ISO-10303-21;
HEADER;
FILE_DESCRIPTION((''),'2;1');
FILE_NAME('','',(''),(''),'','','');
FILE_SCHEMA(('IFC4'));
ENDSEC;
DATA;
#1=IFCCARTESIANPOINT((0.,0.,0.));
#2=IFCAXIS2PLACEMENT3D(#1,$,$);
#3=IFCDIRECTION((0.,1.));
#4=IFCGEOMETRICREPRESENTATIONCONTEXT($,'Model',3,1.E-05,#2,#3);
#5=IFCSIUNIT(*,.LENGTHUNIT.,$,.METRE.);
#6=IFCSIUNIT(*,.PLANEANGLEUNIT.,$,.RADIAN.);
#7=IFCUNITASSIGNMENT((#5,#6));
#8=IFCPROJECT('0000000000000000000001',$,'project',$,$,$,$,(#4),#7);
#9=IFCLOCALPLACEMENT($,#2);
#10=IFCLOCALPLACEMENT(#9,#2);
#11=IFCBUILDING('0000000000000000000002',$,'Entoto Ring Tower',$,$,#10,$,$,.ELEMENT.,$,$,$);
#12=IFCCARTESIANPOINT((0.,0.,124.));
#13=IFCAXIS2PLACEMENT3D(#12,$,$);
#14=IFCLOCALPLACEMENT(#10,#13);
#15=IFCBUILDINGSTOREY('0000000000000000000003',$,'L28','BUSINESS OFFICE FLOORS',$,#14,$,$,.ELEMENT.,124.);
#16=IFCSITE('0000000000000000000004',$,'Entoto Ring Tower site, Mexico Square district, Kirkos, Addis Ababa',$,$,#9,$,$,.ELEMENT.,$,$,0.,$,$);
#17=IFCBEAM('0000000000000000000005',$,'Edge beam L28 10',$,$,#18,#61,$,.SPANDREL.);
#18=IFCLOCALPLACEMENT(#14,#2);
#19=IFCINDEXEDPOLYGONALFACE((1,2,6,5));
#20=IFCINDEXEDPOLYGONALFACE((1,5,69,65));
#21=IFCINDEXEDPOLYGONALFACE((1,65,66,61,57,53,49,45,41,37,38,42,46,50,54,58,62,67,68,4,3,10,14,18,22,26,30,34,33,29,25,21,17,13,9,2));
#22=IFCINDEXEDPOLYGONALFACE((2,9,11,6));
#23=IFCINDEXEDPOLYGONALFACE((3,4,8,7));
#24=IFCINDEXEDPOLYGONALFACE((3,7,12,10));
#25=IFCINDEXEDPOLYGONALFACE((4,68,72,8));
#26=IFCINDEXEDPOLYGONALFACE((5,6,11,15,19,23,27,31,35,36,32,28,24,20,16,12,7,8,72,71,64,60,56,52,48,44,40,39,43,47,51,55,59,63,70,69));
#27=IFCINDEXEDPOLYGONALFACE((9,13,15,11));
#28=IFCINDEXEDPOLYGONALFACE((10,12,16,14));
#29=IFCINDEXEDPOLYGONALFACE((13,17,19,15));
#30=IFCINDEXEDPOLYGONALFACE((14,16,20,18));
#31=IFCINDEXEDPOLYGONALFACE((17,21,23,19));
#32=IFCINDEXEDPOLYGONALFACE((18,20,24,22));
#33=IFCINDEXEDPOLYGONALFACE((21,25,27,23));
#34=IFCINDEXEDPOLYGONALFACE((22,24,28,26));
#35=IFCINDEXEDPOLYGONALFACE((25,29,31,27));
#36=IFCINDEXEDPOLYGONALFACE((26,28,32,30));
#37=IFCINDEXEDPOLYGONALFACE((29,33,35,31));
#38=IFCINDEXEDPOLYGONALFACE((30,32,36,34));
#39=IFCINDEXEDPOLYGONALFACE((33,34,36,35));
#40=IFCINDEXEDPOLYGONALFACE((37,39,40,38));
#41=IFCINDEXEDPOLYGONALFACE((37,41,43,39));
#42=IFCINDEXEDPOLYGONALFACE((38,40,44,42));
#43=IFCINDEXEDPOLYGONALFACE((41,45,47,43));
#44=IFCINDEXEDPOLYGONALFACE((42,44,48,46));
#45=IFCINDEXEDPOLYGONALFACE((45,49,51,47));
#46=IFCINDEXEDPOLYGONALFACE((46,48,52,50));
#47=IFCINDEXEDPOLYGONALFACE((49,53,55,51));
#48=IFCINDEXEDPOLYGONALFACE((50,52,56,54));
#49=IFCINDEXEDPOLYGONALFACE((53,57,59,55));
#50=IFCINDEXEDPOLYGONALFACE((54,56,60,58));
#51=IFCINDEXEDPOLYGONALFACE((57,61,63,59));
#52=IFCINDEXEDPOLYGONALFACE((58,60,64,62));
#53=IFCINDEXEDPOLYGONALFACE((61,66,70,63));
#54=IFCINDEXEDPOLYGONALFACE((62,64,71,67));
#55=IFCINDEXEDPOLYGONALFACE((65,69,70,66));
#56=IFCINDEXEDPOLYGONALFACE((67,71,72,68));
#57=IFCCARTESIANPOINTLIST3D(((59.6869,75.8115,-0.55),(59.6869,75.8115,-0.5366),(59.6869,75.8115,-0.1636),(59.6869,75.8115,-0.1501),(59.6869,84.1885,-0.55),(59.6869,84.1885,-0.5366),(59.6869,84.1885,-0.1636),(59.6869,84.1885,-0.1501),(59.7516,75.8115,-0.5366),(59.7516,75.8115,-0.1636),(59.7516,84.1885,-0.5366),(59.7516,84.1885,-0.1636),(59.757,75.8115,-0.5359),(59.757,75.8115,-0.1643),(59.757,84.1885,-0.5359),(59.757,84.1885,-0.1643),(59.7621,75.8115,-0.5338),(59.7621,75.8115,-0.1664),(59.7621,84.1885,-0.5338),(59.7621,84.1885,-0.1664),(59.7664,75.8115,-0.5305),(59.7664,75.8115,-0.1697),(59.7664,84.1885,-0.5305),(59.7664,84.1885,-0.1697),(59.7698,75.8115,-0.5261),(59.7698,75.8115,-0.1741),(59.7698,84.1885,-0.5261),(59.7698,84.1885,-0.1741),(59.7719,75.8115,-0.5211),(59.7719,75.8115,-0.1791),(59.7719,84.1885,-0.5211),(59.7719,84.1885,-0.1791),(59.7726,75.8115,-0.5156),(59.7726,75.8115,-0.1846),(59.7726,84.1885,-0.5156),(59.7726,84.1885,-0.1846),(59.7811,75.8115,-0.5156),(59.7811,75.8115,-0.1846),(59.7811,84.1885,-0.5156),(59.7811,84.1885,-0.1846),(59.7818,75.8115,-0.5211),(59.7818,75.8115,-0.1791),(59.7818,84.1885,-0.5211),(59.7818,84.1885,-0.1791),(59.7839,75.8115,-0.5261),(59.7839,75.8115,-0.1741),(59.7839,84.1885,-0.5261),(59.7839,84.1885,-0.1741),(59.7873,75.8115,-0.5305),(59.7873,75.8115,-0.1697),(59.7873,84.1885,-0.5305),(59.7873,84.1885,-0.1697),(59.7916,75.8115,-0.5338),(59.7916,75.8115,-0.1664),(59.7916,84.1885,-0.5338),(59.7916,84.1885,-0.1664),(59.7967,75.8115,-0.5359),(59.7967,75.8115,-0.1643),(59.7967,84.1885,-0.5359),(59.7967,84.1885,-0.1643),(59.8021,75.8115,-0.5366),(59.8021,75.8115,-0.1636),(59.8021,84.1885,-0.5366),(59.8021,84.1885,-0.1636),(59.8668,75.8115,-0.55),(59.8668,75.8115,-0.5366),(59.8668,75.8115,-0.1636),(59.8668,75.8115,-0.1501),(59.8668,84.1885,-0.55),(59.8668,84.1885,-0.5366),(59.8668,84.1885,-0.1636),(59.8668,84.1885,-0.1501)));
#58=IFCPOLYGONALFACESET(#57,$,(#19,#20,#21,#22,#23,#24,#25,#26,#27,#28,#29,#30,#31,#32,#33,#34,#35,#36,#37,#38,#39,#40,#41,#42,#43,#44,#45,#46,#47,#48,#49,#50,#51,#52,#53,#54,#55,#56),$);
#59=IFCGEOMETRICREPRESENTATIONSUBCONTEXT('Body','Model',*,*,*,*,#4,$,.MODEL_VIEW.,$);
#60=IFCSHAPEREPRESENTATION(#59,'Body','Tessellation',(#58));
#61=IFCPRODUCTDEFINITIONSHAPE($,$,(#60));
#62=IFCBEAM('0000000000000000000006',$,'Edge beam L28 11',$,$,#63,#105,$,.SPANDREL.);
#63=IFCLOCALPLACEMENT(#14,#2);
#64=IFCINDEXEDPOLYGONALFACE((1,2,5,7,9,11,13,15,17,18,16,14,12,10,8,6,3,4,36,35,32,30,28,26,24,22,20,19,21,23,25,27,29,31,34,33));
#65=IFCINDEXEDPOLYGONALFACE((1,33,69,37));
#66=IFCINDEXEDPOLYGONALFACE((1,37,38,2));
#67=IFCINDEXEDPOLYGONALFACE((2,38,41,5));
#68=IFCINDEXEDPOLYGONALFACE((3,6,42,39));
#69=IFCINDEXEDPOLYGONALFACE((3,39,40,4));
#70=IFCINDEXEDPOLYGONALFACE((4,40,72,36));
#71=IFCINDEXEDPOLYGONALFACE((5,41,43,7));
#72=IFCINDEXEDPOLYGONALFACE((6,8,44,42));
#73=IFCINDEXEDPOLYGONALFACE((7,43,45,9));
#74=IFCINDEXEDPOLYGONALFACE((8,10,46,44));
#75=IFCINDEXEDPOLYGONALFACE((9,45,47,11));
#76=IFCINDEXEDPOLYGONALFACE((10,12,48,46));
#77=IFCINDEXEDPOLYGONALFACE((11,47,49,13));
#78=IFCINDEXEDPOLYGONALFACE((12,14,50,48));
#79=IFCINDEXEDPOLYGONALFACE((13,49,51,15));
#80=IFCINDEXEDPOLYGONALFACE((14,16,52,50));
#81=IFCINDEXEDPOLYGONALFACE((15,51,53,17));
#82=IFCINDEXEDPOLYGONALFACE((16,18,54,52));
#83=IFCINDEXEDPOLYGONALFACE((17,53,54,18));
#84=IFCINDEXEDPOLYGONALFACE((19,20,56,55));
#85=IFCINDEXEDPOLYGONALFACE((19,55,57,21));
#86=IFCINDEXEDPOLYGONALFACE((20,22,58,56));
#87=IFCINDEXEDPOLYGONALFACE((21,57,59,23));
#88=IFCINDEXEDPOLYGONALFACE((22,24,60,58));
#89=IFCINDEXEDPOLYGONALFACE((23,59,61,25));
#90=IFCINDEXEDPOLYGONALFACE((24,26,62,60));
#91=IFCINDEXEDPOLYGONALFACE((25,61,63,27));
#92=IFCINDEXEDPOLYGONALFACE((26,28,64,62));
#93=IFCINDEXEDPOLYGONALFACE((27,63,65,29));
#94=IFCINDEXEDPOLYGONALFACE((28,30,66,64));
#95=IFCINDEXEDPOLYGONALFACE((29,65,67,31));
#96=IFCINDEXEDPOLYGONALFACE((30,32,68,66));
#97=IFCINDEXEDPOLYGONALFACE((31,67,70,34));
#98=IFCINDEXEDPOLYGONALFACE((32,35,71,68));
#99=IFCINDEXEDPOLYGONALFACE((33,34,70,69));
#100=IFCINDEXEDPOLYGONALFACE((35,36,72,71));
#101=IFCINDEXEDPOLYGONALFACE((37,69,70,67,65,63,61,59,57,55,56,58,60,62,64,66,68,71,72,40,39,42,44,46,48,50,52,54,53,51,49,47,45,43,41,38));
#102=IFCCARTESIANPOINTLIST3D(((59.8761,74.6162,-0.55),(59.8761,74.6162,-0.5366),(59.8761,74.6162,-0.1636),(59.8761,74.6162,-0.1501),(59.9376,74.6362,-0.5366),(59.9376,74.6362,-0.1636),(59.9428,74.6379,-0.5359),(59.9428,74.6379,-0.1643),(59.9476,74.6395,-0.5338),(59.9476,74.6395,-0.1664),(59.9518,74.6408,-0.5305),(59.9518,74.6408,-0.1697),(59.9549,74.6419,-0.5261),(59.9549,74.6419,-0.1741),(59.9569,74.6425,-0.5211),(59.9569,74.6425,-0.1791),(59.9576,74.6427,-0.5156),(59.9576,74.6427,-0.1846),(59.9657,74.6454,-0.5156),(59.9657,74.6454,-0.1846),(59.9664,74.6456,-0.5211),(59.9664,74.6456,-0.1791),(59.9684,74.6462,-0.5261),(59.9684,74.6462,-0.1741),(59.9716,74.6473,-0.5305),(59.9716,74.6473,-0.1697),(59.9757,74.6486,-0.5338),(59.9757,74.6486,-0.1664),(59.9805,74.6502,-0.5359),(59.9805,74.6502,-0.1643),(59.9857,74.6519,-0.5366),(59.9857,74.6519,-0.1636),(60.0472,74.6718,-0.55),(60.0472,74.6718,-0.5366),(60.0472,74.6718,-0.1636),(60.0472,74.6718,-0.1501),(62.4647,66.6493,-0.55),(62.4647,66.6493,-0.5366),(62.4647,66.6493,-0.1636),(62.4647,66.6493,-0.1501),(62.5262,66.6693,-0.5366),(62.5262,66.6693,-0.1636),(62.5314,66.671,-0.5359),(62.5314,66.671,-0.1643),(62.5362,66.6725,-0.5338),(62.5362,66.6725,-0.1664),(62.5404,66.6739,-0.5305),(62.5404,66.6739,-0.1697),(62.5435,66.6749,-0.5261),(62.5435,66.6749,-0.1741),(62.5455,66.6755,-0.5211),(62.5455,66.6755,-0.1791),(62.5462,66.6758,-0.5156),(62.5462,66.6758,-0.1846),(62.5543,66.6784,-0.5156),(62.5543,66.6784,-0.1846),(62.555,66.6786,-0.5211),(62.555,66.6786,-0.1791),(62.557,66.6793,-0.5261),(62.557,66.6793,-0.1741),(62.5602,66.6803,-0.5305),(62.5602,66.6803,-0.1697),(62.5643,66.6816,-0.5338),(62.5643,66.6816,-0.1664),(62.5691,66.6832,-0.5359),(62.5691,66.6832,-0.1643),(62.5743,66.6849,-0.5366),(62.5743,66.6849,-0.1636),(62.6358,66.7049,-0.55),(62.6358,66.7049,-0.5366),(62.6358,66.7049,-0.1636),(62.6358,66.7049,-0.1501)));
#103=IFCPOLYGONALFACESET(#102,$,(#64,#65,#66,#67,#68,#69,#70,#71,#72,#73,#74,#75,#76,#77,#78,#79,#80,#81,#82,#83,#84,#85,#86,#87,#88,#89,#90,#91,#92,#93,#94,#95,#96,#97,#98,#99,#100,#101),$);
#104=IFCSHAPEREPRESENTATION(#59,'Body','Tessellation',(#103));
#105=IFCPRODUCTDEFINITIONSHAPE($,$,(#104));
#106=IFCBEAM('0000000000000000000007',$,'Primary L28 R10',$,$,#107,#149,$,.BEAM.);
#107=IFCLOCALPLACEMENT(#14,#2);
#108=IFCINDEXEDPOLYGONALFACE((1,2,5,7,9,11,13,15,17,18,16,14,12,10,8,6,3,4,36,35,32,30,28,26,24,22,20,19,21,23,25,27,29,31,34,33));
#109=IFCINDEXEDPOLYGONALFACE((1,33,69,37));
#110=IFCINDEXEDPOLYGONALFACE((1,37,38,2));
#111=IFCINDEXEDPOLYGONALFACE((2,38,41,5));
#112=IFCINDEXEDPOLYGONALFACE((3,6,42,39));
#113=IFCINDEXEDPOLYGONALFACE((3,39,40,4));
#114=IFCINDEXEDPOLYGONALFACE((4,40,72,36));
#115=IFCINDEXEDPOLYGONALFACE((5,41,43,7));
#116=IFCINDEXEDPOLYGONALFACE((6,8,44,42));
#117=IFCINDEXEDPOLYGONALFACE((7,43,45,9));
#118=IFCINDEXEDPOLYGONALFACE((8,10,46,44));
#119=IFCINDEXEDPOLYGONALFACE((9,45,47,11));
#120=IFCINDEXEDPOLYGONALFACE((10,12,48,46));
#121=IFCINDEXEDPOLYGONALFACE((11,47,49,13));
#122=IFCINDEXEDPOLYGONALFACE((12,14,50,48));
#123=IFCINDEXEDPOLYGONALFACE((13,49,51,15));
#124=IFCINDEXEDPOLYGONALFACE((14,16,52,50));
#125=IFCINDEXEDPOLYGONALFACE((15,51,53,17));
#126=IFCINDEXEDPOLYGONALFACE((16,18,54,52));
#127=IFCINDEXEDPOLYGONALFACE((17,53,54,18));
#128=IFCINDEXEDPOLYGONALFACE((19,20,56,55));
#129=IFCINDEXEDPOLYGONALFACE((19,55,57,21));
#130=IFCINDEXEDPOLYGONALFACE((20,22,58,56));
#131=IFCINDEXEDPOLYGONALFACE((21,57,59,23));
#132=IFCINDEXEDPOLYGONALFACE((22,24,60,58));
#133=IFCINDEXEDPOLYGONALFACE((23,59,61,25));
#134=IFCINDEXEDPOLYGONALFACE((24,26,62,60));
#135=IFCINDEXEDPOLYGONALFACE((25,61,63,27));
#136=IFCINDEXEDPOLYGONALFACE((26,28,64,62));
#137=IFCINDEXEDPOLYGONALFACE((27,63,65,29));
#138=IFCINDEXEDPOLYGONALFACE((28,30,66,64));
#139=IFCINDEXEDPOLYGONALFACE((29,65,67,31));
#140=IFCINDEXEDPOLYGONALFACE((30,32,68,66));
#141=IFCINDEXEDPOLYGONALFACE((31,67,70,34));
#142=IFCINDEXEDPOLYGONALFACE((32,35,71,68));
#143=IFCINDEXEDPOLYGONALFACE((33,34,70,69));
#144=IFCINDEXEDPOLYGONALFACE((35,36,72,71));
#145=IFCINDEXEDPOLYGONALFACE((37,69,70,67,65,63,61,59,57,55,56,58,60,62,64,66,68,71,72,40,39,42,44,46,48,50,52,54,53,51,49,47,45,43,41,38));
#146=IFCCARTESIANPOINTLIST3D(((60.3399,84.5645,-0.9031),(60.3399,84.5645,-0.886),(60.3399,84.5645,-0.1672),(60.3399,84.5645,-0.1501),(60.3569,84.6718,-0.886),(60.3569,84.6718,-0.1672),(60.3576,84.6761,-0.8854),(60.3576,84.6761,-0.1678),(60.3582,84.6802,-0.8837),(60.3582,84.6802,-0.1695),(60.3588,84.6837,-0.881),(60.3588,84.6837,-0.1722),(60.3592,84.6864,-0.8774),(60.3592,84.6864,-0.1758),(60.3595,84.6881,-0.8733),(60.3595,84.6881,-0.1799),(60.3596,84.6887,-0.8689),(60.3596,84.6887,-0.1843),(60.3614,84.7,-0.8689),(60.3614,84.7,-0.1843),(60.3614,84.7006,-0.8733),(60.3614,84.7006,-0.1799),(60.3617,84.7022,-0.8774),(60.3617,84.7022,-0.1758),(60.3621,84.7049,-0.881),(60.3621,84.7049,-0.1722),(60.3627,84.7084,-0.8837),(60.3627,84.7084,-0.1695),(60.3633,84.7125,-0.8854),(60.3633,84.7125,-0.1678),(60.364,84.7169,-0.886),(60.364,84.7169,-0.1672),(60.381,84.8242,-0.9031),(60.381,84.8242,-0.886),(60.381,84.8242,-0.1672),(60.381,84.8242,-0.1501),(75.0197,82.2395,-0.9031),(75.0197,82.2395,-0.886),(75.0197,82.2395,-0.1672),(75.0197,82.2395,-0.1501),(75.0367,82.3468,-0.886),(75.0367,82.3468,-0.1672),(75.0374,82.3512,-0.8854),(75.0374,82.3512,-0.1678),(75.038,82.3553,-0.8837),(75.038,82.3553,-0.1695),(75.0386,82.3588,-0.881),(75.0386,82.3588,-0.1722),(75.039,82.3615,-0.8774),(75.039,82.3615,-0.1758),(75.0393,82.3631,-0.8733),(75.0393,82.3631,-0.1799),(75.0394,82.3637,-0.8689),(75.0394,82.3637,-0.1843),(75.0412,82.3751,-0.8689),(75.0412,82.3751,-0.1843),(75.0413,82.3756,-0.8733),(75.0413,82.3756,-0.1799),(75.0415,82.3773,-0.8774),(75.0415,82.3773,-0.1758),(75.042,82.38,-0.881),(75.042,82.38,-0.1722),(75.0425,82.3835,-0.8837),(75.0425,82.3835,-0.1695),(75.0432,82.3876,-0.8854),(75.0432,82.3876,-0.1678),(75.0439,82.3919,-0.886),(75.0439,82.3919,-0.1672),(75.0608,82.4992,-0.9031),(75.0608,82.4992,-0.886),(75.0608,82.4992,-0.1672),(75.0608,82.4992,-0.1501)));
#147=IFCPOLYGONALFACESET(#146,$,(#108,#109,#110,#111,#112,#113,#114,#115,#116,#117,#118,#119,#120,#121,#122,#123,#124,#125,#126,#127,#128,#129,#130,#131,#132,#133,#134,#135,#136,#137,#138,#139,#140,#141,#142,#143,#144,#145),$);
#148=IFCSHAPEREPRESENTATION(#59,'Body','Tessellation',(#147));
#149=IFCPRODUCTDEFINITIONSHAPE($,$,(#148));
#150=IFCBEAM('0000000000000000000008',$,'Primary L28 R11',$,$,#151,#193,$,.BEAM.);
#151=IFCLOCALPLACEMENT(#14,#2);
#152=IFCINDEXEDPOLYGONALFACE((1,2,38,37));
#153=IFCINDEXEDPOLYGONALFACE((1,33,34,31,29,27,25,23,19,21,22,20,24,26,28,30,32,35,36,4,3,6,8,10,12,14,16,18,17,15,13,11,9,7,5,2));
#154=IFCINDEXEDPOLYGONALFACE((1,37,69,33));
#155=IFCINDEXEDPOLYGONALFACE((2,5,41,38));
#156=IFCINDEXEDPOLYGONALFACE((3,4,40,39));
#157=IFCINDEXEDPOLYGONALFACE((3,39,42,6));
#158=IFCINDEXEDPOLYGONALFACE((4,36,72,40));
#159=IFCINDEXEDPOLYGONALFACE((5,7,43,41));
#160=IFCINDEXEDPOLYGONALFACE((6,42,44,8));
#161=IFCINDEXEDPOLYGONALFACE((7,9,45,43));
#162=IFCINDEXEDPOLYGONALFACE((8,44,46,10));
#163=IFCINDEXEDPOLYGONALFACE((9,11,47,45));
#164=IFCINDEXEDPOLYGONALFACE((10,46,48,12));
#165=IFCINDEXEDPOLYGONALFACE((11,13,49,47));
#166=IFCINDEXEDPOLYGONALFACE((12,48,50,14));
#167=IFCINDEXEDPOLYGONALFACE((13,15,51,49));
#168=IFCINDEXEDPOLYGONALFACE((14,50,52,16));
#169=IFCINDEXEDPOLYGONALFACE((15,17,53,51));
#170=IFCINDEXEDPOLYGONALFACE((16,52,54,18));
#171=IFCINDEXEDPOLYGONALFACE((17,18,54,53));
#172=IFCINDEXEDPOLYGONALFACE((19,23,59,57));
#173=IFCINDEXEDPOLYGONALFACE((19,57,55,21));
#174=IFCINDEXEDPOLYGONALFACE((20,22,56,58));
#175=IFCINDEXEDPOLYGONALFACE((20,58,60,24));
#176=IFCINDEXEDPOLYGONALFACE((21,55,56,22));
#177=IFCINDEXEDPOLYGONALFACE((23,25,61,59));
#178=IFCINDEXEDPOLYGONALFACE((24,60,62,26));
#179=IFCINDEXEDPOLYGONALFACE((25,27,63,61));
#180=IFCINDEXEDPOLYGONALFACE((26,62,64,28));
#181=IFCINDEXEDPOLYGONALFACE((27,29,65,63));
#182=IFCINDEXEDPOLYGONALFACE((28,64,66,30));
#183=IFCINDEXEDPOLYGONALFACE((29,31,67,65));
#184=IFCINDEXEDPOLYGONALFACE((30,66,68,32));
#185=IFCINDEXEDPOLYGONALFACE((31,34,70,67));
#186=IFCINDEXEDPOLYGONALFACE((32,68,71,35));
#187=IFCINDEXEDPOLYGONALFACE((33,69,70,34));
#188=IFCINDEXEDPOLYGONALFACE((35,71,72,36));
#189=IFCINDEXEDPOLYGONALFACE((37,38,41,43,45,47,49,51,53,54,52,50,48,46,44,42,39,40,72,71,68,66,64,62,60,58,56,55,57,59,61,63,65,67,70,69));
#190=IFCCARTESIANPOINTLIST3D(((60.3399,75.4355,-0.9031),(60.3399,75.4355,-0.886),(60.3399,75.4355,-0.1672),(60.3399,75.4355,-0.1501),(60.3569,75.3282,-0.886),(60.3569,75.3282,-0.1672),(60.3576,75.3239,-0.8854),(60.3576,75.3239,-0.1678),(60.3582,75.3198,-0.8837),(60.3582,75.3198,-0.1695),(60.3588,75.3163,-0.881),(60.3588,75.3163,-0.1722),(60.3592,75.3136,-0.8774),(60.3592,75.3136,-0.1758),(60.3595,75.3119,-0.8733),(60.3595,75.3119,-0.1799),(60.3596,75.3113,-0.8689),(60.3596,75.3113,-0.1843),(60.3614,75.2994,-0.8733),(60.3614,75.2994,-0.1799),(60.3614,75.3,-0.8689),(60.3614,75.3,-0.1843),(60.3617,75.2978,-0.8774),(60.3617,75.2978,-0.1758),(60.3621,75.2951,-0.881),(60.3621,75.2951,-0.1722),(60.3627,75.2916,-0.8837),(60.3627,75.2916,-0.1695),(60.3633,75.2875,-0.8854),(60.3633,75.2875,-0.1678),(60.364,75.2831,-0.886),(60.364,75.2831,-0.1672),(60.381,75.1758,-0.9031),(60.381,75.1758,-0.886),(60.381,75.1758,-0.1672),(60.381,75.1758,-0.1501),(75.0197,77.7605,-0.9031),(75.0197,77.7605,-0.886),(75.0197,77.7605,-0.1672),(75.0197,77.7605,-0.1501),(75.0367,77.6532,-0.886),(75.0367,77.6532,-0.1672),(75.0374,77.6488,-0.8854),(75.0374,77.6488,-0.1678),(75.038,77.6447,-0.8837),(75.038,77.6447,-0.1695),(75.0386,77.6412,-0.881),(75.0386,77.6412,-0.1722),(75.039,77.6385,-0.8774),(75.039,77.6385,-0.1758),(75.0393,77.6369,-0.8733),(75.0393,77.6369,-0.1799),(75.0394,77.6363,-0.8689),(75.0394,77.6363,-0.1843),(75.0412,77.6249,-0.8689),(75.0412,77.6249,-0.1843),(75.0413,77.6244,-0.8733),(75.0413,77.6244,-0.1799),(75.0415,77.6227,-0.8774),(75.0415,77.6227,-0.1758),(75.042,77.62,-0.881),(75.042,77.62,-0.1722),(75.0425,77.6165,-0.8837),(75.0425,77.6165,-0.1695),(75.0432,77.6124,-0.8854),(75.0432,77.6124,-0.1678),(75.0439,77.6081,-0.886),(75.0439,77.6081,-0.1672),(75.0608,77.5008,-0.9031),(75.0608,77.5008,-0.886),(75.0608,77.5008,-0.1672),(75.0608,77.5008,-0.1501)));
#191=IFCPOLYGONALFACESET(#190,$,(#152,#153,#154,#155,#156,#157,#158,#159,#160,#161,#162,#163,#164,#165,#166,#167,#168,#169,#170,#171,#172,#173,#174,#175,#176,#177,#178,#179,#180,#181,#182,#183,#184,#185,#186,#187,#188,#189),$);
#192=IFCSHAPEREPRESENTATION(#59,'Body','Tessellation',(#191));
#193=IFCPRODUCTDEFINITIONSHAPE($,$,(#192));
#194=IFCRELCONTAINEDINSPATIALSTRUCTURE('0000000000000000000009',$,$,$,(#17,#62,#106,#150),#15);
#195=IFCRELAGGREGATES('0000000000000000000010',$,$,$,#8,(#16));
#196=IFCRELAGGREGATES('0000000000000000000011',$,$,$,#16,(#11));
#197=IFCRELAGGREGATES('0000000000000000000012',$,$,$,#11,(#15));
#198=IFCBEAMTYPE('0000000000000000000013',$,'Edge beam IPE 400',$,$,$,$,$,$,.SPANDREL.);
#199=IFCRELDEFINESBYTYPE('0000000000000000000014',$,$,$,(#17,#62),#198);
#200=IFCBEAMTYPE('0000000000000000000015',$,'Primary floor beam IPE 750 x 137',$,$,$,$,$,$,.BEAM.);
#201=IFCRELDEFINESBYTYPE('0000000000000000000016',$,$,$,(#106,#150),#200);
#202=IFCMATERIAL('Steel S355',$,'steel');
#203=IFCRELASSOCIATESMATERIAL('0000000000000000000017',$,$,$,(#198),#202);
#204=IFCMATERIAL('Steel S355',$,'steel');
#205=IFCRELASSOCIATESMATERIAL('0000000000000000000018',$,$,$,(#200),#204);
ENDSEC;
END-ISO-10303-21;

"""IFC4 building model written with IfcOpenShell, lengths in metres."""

from ifc_helpers import new_model, si_unit, direction, frame, origin, origin_2d, place, context, subcontext, project, spatial, i_section, extrude, material, material_profile, profile_set, type_object, element, save


model = new_model("IFC4")

# Units and contexts
model_context = context("Model", 3, precision=1e-05, world=origin(), true_north=direction((0.0, 1.0)))
body_context = subcontext(model_context, "Body", "Model", "MODEL_VIEW")
ifc_project = project(units=[si_unit("LENGTHUNIT", "METRE"), si_unit("PLANEANGLEUNIT", "RADIAN")], contexts=[model_context])

# Site, building, storey
site_placement = place(None, origin())
site = spatial("IfcSite", under=ifc_project, at=site_placement, Name="Entoto Ring Tower site, Mexico Square district, Kirkos, Addis Ababa", CompositionType="ELEMENT", RefElevation=0.0)
building_placement = place(site_placement, origin())
building = spatial("IfcBuilding", under=site, at=building_placement, Name="Entoto Ring Tower", CompositionType="ELEMENT")
storey_placement = place(building_placement, frame((0.0, 0.0, 124.0)))
storey = spatial("IfcBuildingStorey", under=building, at=storey_placement, Name="L28", Description="BUSINESS OFFICE FLOORS", CompositionType="ELEMENT", Elevation=124.0)

# Beams
ifc_material_1 = material(Name="Steel S355", Category="steel")
ifc_material_profile_1 = material_profile(ifc_material_1, i_section(OverallWidth=0.1799, OverallDepth=0.3999, WebThickness=0.0085, FlangeThickness=0.0134, FilletRadius=0.021, at=origin_2d()), Name="IPE 400")
ifc_profile_set_1 = profile_set([ifc_material_profile_1], Name="Steel S355")
beam_type_1 = type_object("IfcBeamType", Name="Edge beam IPE 400", PredefinedType="SPANDREL", material=ifc_profile_set_1)
for number, where, z_axis, x_axis, name in (
    (1, (59.7769, 84.1885, -0.3501), (0.0, -1.0, 0.0), (1.0, 0.0, 0.0), "Edge beam L28 10"),
    (2, (59.9617, 74.644, -0.3501), (0.309014, -0.951057, 0.0), (0.951057, 0.309014, 0.0), "Edge beam L28 11"),
):
    element("IfcBeam", number, at=place(storey_placement, frame(where, z_axis=z_axis, x_axis=x_axis)), inside=storey, type_object=beam_type_1, Name=name, PredefinedType="SPANDREL", context=body_context, shape_type="SweptSolid", body=[
        extrude(i_section(OverallWidth=0.1799, OverallDepth=0.3999, WebThickness=0.0085, FlangeThickness=0.0134, FilletRadius=0.021, at=origin_2d()), origin(), (0.0, 0.0, 1.0), 8.377),
    ])
ifc_material_2 = material(Name="Steel S355", Category="steel")
ifc_material_profile_2 = material_profile(ifc_material_2, i_section(OverallWidth=0.2629, OverallDepth=0.7529, WebThickness=0.0115, FlangeThickness=0.0171, FilletRadius=0.0171, at=origin_2d()), Name="IPE 750 x 137")
ifc_profile_set_2 = profile_set([ifc_material_profile_2], Name="Steel S355")
beam_type_2 = type_object("IfcBeamType", Name="Primary floor beam IPE 750 x 137", PredefinedType="BEAM", material=ifc_profile_set_2)
for number, where, z_axis, x_axis, name in (
    (3, (75.0403, 82.3694, -0.5266), (-0.98769, 0.156426, 0.0), (-0.156426, -0.98769, 0.0), "Primary L28 R10"),
    (4, (75.0403, 77.6306, -0.5266), (-0.98769, -0.156426, 0.0), (0.156426, -0.98769, 0.0), "Primary L28 R11"),
):
    element("IfcBeam", number, at=place(storey_placement, frame(where, z_axis=z_axis, x_axis=x_axis)), inside=storey, type_object=beam_type_2, Name=name, PredefinedType="BEAM", context=body_context, shape_type="SweptSolid", body=[
        extrude(i_section(OverallWidth=0.2629, OverallDepth=0.7529, WebThickness=0.0115, FlangeThickness=0.0171, FilletRadius=0.0171, at=origin_2d()), origin(), (0.0, 0.0, 1.0), 14.8628),
    ])

save(model, "model.ifc")
